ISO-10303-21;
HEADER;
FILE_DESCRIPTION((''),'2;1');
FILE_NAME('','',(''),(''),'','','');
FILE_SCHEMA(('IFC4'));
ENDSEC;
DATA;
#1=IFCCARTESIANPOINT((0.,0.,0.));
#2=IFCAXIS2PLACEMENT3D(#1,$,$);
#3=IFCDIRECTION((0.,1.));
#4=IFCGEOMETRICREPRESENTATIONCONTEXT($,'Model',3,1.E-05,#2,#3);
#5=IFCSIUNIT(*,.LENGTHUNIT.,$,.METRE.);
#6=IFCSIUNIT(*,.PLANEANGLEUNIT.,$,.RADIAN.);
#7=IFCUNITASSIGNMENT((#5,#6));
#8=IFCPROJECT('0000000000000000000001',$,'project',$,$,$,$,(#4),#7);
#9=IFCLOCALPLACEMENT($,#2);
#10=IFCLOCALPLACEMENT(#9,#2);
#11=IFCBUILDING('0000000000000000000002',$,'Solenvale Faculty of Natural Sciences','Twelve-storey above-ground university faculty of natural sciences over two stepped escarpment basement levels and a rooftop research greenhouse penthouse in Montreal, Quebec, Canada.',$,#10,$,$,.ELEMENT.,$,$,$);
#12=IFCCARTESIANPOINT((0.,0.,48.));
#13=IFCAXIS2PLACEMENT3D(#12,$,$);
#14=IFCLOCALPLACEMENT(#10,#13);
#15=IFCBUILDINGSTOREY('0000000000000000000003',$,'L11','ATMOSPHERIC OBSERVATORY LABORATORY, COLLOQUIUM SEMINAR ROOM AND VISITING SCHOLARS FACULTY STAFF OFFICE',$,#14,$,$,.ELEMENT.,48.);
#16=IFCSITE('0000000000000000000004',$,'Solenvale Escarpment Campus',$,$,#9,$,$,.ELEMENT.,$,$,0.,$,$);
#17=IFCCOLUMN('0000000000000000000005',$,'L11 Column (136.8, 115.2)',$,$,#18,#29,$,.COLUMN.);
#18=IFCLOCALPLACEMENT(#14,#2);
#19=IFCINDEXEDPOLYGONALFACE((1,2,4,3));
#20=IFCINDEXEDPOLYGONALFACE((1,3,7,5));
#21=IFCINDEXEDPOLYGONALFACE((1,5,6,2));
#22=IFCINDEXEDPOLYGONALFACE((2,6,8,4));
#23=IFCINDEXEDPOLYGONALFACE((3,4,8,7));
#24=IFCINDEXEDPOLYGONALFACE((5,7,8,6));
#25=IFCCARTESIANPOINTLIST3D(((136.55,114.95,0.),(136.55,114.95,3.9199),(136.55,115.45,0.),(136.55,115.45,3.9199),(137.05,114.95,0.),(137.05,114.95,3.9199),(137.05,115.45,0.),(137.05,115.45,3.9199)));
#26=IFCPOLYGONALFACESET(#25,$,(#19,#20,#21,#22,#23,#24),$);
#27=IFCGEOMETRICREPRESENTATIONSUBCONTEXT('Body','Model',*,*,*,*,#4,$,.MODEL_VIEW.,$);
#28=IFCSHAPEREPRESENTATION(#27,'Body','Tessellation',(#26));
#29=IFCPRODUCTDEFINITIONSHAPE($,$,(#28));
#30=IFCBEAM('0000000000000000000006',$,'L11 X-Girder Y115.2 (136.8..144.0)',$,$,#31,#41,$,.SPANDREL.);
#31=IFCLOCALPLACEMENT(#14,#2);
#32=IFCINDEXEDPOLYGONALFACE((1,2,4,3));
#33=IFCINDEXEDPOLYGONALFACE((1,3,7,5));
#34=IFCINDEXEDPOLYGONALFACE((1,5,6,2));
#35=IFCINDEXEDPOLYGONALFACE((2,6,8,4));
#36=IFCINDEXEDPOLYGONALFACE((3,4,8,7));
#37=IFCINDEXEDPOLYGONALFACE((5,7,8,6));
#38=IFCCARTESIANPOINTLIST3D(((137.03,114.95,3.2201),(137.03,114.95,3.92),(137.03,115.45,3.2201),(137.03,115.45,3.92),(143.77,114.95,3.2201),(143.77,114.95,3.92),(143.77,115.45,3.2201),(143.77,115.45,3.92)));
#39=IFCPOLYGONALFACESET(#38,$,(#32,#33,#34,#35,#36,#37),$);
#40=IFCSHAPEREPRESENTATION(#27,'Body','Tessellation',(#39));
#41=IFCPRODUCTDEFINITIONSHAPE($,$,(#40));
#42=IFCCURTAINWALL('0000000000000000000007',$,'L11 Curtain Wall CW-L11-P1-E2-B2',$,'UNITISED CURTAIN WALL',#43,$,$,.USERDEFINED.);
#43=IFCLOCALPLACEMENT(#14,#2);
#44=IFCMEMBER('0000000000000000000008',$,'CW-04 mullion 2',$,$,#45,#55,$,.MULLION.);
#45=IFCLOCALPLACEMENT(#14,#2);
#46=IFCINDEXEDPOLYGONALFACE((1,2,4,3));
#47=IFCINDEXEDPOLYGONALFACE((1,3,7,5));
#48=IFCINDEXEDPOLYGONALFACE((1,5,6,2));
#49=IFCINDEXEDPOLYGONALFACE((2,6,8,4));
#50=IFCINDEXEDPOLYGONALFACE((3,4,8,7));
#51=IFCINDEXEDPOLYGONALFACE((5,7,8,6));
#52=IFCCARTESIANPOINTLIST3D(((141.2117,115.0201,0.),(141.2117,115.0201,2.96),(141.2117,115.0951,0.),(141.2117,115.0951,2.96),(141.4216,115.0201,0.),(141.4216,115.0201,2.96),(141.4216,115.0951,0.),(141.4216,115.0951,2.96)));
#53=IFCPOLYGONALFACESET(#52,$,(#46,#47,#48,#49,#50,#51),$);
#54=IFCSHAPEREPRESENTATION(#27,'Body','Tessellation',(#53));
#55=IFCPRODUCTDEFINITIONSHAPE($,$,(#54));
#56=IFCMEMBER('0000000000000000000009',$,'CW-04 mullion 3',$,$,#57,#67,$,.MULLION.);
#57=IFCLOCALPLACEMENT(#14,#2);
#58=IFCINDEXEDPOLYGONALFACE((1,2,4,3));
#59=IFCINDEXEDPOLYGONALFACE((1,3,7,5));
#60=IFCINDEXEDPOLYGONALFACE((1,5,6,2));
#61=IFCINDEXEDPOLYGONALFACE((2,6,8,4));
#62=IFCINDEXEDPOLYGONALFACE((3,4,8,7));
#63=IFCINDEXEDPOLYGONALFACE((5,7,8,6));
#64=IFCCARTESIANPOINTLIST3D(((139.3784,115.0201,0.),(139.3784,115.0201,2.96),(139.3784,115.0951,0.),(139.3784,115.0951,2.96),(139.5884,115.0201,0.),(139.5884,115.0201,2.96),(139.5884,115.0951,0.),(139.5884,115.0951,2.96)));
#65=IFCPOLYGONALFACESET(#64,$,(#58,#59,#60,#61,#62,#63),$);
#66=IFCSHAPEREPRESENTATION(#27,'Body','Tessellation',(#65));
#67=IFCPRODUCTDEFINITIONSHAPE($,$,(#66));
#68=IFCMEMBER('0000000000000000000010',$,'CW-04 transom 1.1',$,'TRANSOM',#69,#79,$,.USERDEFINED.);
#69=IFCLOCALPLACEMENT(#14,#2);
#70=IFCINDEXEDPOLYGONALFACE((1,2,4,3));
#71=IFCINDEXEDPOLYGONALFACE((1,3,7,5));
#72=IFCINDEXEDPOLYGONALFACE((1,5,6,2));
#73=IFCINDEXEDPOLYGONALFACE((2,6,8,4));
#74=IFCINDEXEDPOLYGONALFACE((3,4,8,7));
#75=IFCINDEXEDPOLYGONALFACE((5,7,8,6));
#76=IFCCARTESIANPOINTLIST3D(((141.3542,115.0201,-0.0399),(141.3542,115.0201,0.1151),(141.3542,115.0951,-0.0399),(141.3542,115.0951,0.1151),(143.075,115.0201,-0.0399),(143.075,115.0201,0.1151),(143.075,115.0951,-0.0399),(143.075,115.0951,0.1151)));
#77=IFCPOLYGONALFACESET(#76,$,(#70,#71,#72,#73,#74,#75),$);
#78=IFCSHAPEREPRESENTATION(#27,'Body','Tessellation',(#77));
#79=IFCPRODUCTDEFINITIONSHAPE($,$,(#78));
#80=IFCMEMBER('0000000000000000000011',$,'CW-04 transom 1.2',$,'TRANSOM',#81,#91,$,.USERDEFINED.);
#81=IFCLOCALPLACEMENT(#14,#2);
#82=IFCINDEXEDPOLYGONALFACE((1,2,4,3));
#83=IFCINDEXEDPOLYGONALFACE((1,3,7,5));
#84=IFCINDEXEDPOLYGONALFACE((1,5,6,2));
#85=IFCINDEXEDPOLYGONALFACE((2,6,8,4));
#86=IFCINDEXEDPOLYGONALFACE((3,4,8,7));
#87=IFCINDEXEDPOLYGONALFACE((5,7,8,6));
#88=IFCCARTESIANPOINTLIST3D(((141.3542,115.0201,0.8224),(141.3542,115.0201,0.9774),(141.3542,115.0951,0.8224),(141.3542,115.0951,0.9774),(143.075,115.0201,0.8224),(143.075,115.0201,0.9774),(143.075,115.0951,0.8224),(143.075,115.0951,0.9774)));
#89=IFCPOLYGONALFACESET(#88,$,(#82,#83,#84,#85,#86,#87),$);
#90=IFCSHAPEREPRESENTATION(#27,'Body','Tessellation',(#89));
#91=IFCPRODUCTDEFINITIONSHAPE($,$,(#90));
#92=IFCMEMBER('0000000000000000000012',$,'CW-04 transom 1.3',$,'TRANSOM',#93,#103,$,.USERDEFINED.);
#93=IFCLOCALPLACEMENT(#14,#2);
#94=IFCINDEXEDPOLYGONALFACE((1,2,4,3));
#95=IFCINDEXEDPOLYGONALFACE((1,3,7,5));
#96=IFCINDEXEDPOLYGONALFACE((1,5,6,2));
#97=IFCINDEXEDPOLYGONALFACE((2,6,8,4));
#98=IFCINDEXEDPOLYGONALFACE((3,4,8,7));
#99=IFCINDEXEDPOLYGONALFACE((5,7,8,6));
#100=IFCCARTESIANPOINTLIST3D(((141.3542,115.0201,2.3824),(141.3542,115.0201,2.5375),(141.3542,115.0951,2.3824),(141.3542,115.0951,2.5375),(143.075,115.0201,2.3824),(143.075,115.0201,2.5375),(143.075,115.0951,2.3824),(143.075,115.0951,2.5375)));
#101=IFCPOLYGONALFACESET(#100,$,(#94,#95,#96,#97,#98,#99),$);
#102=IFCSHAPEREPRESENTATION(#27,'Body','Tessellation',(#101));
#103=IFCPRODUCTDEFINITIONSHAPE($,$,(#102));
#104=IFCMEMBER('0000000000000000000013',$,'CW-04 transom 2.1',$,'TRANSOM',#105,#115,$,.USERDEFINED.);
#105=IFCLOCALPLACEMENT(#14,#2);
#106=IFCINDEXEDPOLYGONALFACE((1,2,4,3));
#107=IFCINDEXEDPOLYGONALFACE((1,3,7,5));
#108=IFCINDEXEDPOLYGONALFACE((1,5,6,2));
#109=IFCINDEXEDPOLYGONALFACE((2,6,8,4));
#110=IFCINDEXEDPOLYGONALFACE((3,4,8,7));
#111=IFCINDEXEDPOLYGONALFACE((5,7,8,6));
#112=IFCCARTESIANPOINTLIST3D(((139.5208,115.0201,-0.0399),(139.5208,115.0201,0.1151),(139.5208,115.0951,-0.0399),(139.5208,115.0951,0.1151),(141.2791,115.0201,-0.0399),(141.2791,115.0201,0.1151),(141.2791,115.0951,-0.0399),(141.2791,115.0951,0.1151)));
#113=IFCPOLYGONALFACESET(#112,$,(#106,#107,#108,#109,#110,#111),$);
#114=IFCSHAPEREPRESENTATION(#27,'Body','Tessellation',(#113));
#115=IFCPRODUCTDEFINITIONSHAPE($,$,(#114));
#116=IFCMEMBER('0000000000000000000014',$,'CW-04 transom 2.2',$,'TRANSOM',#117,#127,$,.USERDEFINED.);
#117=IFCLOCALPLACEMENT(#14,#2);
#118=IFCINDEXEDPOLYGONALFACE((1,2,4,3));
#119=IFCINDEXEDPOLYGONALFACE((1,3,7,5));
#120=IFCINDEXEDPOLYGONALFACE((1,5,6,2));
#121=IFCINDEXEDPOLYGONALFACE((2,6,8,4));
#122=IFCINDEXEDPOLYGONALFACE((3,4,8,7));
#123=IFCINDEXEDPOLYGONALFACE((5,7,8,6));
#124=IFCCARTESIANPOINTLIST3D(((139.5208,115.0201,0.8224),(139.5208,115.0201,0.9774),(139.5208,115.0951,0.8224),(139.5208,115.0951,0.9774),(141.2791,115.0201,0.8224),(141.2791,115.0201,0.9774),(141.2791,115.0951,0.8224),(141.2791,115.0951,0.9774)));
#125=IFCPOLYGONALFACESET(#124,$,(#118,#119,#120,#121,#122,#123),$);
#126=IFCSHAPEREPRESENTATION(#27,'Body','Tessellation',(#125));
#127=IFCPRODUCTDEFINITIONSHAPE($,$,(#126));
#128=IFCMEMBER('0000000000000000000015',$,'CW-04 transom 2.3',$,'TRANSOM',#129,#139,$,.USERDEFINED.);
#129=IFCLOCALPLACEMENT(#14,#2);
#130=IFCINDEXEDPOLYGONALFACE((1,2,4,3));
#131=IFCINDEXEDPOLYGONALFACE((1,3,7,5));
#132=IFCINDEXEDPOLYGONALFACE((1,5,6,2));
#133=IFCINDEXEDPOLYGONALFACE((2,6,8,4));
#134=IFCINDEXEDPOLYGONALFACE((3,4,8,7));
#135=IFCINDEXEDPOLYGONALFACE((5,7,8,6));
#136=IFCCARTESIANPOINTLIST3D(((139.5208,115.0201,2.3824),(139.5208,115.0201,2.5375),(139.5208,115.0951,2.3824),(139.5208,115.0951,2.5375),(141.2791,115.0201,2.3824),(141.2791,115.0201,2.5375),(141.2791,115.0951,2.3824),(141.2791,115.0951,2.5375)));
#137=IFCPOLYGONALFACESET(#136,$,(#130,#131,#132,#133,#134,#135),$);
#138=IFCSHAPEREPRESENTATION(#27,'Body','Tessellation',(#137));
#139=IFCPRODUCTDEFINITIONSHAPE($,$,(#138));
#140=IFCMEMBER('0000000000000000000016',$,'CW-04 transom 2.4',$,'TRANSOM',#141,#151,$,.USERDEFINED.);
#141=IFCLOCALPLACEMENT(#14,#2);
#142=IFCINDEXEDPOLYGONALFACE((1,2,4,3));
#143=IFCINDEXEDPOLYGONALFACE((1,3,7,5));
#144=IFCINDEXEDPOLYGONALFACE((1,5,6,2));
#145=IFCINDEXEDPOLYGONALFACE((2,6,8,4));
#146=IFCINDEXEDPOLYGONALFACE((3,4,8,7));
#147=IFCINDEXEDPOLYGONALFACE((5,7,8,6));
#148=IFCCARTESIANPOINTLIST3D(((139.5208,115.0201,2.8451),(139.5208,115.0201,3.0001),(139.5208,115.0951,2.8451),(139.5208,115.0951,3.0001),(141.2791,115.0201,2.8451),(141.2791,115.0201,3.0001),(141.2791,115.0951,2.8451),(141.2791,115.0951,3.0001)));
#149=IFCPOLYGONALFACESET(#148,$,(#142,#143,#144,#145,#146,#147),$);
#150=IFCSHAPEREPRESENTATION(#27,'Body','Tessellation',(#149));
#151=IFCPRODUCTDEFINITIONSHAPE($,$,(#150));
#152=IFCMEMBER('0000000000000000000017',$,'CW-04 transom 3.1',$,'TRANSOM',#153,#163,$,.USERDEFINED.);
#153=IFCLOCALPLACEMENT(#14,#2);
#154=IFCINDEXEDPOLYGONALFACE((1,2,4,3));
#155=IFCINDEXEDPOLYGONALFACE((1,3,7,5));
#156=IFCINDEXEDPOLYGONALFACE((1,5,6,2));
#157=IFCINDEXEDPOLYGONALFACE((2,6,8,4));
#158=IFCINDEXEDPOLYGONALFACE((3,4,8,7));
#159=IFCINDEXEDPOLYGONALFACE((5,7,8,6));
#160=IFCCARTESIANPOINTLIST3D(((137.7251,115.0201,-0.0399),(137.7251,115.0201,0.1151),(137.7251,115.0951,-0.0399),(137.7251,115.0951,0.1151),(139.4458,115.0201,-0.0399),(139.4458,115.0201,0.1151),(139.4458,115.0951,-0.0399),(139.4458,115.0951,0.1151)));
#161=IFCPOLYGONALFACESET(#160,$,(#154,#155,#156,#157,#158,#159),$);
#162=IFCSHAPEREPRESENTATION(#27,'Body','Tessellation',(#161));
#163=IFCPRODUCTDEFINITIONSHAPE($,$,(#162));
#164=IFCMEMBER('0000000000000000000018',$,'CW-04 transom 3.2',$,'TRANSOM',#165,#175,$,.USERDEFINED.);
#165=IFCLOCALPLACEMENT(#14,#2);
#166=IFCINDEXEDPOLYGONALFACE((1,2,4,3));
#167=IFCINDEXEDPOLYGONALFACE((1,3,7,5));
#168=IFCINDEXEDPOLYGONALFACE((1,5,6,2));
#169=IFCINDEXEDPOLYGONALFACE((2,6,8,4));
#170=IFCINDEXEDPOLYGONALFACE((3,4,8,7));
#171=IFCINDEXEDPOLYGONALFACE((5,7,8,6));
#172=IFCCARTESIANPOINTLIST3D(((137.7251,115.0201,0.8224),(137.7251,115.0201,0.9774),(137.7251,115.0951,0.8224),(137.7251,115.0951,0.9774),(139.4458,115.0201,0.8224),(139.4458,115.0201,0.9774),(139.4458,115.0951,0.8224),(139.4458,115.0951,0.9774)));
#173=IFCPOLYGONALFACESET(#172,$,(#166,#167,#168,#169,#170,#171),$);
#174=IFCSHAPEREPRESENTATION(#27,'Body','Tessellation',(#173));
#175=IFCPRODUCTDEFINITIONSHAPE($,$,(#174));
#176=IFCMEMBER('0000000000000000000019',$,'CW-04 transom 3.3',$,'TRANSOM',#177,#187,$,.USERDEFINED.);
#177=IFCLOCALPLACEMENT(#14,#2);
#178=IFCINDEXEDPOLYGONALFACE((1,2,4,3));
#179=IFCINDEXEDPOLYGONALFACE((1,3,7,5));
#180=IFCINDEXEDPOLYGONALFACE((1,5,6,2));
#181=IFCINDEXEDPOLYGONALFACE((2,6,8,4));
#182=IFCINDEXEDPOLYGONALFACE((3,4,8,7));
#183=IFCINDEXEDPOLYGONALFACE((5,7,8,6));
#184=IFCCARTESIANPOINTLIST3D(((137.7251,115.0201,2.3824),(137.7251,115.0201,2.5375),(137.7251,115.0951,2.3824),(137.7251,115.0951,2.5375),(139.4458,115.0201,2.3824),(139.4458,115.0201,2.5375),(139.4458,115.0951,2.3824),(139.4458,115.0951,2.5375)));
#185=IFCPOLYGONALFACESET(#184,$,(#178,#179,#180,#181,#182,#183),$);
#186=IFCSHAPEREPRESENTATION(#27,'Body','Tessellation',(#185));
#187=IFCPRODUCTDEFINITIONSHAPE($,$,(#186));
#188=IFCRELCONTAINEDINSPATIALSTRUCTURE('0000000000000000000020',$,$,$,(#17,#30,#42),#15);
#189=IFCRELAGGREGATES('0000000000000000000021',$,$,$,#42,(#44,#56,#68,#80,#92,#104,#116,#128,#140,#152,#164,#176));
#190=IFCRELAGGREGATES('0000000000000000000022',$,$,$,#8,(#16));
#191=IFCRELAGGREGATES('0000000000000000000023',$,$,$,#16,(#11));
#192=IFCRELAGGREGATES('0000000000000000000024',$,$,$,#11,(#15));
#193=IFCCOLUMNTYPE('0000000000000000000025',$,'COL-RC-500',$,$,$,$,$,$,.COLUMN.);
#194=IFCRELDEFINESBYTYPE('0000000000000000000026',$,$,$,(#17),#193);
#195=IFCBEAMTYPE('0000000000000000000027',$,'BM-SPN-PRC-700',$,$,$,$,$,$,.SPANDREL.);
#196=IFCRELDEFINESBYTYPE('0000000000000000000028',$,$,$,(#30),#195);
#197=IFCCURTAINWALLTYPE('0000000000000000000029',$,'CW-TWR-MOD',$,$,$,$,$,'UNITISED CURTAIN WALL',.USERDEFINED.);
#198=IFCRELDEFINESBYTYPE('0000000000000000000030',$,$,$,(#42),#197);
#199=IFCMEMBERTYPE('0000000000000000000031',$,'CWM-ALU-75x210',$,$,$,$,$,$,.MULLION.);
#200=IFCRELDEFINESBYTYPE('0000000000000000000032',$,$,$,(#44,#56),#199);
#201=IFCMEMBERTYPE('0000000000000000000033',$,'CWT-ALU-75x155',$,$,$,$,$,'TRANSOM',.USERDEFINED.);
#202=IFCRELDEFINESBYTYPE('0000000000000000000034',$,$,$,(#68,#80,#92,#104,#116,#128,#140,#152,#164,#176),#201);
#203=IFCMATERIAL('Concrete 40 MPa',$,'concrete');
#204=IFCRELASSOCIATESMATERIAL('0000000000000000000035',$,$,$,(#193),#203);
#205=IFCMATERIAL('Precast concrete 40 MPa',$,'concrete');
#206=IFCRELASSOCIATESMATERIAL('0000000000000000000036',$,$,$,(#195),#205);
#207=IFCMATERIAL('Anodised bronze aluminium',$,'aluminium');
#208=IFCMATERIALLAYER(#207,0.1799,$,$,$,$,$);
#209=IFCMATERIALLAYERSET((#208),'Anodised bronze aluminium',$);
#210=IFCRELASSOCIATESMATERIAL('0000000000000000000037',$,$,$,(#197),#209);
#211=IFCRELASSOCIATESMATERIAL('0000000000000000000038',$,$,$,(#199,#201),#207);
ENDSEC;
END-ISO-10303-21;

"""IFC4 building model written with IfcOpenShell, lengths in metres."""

from ifc_helpers import new_model, si_unit, direction, frame, origin, origin_2d, place, context, subcontext, project, spatial, rectangle, extrude, material, layer, layer_set, material_profile, profile_set, type_object, element, aggregate, save


model = new_model("IFC4")

# Units and contexts
model_context = context("Model", 3, precision=1e-05, world=origin(), true_north=direction((0.0, 1.0)))
body_context = subcontext(model_context, "Body", "Model", "MODEL_VIEW")
ifc_project = project(units=[si_unit("LENGTHUNIT", "METRE"), si_unit("PLANEANGLEUNIT", "RADIAN")], contexts=[model_context])

# Site, building, storey
site_placement = place(None, origin())
site = spatial("IfcSite", under=ifc_project, at=site_placement, Name="Solenvale Escarpment Campus", CompositionType="ELEMENT", RefElevation=0.0)
building_placement = place(site_placement, origin())
building = spatial("IfcBuilding", under=site, at=building_placement, Name="Solenvale Faculty of Natural Sciences", Description="Twelve-storey above-ground university faculty of natural sciences over two stepped escarpment basement levels and a rooftop research greenhouse penthouse in Montreal, Quebec, Canada.", CompositionType="ELEMENT")
storey_placement = place(building_placement, frame((0.0, 0.0, 48.0)))
storey = spatial("IfcBuildingStorey", under=building, at=storey_placement, Name="L11", Description="ATMOSPHERIC OBSERVATORY LABORATORY, COLLOQUIUM SEMINAR ROOM AND VISITING SCHOLARS FACULTY STAFF OFFICE", CompositionType="ELEMENT", Elevation=48.0)

# Column
ifc_material_1 = material(Name="Concrete 40 MPa", Category="concrete")
ifc_material_profile_1 = material_profile(ifc_material_1, rectangle(XDim=0.5, YDim=0.5, at=origin_2d()), Name="RC-COL-500x500")
ifc_profile_set_1 = profile_set([ifc_material_profile_1], Name="Concrete 40 MPa")
column_type = type_object("IfcColumnType", Name="COL-RC-500", PredefinedType="COLUMN", material=ifc_profile_set_1)
column_placement = place(storey_placement, frame((136.8, 115.2, 0.0), z_axis=(0.0, 0.0, 1.0), x_axis=(1.0, 0.0, 0.0)))
element("IfcColumn", 1, at=column_placement, inside=storey, type_object=column_type, Name="L11 Column (136.8, 115.2)", PredefinedType="COLUMN", context=body_context, shape_type="SweptSolid", body=[
    extrude(rectangle(XDim=0.5, YDim=0.5, at=origin_2d()), origin(), (0.0, 0.0, 1.0), 3.9199),
])

# Beam
ifc_material_2 = material(Name="Precast concrete 40 MPa", Category="concrete")
ifc_material_profile_2 = material_profile(ifc_material_2, rectangle(XDim=0.5, YDim=0.7, at=origin_2d()), Name="RC-BM-500x700")
ifc_profile_set_2 = profile_set([ifc_material_profile_2], Name="Precast concrete 40 MPa")
beam_type = type_object("IfcBeamType", Name="BM-SPN-PRC-700", PredefinedType="SPANDREL", material=ifc_profile_set_2)
beam_placement = place(storey_placement, frame((137.03, 115.2, 3.5701), z_axis=(1.0, 0.0, 0.0), x_axis=(0.0, 1.0, 0.0)))
element("IfcBeam", 2, at=beam_placement, inside=storey, type_object=beam_type, Name="L11 X-Girder Y115.2 (136.8..144.0)", PredefinedType="SPANDREL", context=body_context, shape_type="SweptSolid", body=[
    extrude(rectangle(XDim=0.5, YDim=0.7, at=origin_2d()), origin(), (0.0, 0.0, 1.0), 6.74),
])

# Curtain wall, members
ifc_material_3 = material(Name="Anodised bronze aluminium", Category="aluminium")
ifc_layer_1 = layer(ifc_material_3, 0.1799)
ifc_layer_set_1 = layer_set([ifc_layer_1], Name="Anodised bronze aluminium")
curtain_wall_type = type_object("IfcCurtainWallType", Name="CW-TWR-MOD", ElementType="UNITISED CURTAIN WALL", PredefinedType="USERDEFINED", material=ifc_layer_set_1)
curtain_wall_placement = place(storey_placement, origin())
curtain_wall = element("IfcCurtainWall", 3, at=curtain_wall_placement, inside=storey, type_object=curtain_wall_type, Name="L11 Curtain Wall CW-L11-P1-E2-B2", ObjectType="UNITISED CURTAIN WALL", PredefinedType="USERDEFINED")
ifc_material_profile_3 = material_profile(ifc_material_3, rectangle(XDim=0.075, YDim=0.21, at=origin_2d()), Name="ALU-MUL-75x210")
ifc_profile_set_3 = profile_set([ifc_material_profile_3], Name="Anodised bronze aluminium")
member_type_1 = type_object("IfcMemberType", Name="CWM-ALU-75x210", PredefinedType="MULLION", material=ifc_profile_set_3)
member_1_placement = place(storey_placement, frame((141.3167, 115.0576, 0.0), z_axis=(0.0, 0.0, 1.0), x_axis=(0.0, -1.0, 0.0)))
member_1 = element("IfcMember", 4, at=member_1_placement, type_object=member_type_1, Name="CW-04 mullion 2", PredefinedType="MULLION", context=body_context, shape_type="SweptSolid", body=[
    extrude(rectangle(XDim=0.075, YDim=0.21, at=origin_2d()), origin(), (0.0, 0.0, 1.0), 2.96),
])
member_2_placement = place(storey_placement, frame((139.4834, 115.0576, 0.0), z_axis=(0.0, 0.0, 1.0), x_axis=(0.0, -1.0, 0.0)))
member_2 = element("IfcMember", 5, at=member_2_placement, type_object=member_type_1, Name="CW-04 mullion 3", PredefinedType="MULLION", context=body_context, shape_type="SweptSolid", body=[
    extrude(rectangle(XDim=0.075, YDim=0.21, at=origin_2d()), origin(), (0.0, 0.0, 1.0), 2.96),
])
ifc_material_profile_4 = material_profile(ifc_material_3, rectangle(XDim=0.075, YDim=0.155, at=origin_2d()), Name="ALU-TRN-75x155")
ifc_profile_set_4 = profile_set([ifc_material_profile_4], Name="Anodised bronze aluminium")
member_type_2 = type_object("IfcMemberType", Name="CWT-ALU-75x155", ElementType="TRANSOM", PredefinedType="USERDEFINED", material=ifc_profile_set_4)
member_3_placement = place(storey_placement, frame((143.075, 115.0576, 0.0376), z_axis=(-1.0, 0.0, 0.0), x_axis=(0.0, -1.0, 0.0)))
member_3 = element("IfcMember", 6, at=member_3_placement, type_object=member_type_2, Name="CW-04 transom 1.1", ObjectType="TRANSOM", PredefinedType="USERDEFINED", context=body_context, shape_type="SweptSolid", body=[
    extrude(rectangle(XDim=0.075, YDim=0.155, at=origin_2d()), origin(), (0.0, 0.0, 1.0), 1.7207),
])
member_4_placement = place(storey_placement, frame((143.075, 115.0576, 0.8999), z_axis=(-1.0, 0.0, 0.0), x_axis=(0.0, -1.0, 0.0)))
member_4 = element("IfcMember", 7, at=member_4_placement, type_object=member_type_2, Name="CW-04 transom 1.2", ObjectType="TRANSOM", PredefinedType="USERDEFINED", context=body_context, shape_type="SweptSolid", body=[
    extrude(rectangle(XDim=0.075, YDim=0.155, at=origin_2d()), origin(), (0.0, 0.0, 1.0), 1.7207),
])
member_5_placement = place(storey_placement, frame((143.075, 115.0576, 2.46), z_axis=(-1.0, 0.0, 0.0), x_axis=(0.0, -1.0, 0.0)))
member_5 = element("IfcMember", 8, at=member_5_placement, type_object=member_type_2, Name="CW-04 transom 1.3", ObjectType="TRANSOM", PredefinedType="USERDEFINED", context=body_context, shape_type="SweptSolid", body=[
    extrude(rectangle(XDim=0.075, YDim=0.155, at=origin_2d()), origin(), (0.0, 0.0, 1.0), 1.7207),
])
member_6_placement = place(storey_placement, frame((141.2791, 115.0576, 0.0376), z_axis=(-1.0, 0.0, 0.0), x_axis=(0.0, -1.0, 0.0)))
member_6 = element("IfcMember", 9, at=member_6_placement, type_object=member_type_2, Name="CW-04 transom 2.1", ObjectType="TRANSOM", PredefinedType="USERDEFINED", context=body_context, shape_type="SweptSolid", body=[
    extrude(rectangle(XDim=0.075, YDim=0.155, at=origin_2d()), origin(), (0.0, 0.0, 1.0), 1.7583),
])
member_7_placement = place(storey_placement, frame((141.2791, 115.0576, 0.8999), z_axis=(-1.0, 0.0, 0.0), x_axis=(0.0, -1.0, 0.0)))
member_7 = element("IfcMember", 10, at=member_7_placement, type_object=member_type_2, Name="CW-04 transom 2.2", ObjectType="TRANSOM", PredefinedType="USERDEFINED", context=body_context, shape_type="SweptSolid", body=[
    extrude(rectangle(XDim=0.075, YDim=0.155, at=origin_2d()), origin(), (0.0, 0.0, 1.0), 1.7583),
])
member_8_placement = place(storey_placement, frame((141.2791, 115.0576, 2.46), z_axis=(-1.0, 0.0, 0.0), x_axis=(0.0, -1.0, 0.0)))
member_8 = element("IfcMember", 11, at=member_8_placement, type_object=member_type_2, Name="CW-04 transom 2.3", ObjectType="TRANSOM", PredefinedType="USERDEFINED", context=body_context, shape_type="SweptSolid", body=[
    extrude(rectangle(XDim=0.075, YDim=0.155, at=origin_2d()), origin(), (0.0, 0.0, 1.0), 1.7583),
])
member_9_placement = place(storey_placement, frame((141.2791, 115.0576, 2.9226), z_axis=(-1.0, 0.0, 0.0), x_axis=(0.0, -1.0, 0.0)))
member_9 = element("IfcMember", 12, at=member_9_placement, type_object=member_type_2, Name="CW-04 transom 2.4", ObjectType="TRANSOM", PredefinedType="USERDEFINED", context=body_context, shape_type="SweptSolid", body=[
    extrude(rectangle(XDim=0.075, YDim=0.155, at=origin_2d()), origin(), (0.0, 0.0, 1.0), 1.7583),
])
member_10_placement = place(storey_placement, frame((139.4458, 115.0576, 0.0376), z_axis=(-1.0, 0.0, 0.0), x_axis=(0.0, -1.0, 0.0)))
member_10 = element("IfcMember", 13, at=member_10_placement, type_object=member_type_2, Name="CW-04 transom 3.1", ObjectType="TRANSOM", PredefinedType="USERDEFINED", context=body_context, shape_type="SweptSolid", body=[
    extrude(rectangle(XDim=0.075, YDim=0.155, at=origin_2d()), origin(), (0.0, 0.0, 1.0), 1.7207),
])
member_11_placement = place(storey_placement, frame((139.4458, 115.0576, 0.8999), z_axis=(-1.0, 0.0, 0.0), x_axis=(0.0, -1.0, 0.0)))
member_11 = element("IfcMember", 14, at=member_11_placement, type_object=member_type_2, Name="CW-04 transom 3.2", ObjectType="TRANSOM", PredefinedType="USERDEFINED", context=body_context, shape_type="SweptSolid", body=[
    extrude(rectangle(XDim=0.075, YDim=0.155, at=origin_2d()), origin(), (0.0, 0.0, 1.0), 1.7207),
])
member_12_placement = place(storey_placement, frame((139.4458, 115.0576, 2.46), z_axis=(-1.0, 0.0, 0.0), x_axis=(0.0, -1.0, 0.0)))
member_12 = element("IfcMember", 15, at=member_12_placement, type_object=member_type_2, Name="CW-04 transom 3.3", ObjectType="TRANSOM", PredefinedType="USERDEFINED", context=body_context, shape_type="SweptSolid", body=[
    extrude(rectangle(XDim=0.075, YDim=0.155, at=origin_2d()), origin(), (0.0, 0.0, 1.0), 1.7207),
])
aggregate(curtain_wall, [member_1, member_2, member_3, member_4, member_5, member_6, member_7, member_8, member_9, member_10, member_11, member_12])

save(model, "model.ifc")
